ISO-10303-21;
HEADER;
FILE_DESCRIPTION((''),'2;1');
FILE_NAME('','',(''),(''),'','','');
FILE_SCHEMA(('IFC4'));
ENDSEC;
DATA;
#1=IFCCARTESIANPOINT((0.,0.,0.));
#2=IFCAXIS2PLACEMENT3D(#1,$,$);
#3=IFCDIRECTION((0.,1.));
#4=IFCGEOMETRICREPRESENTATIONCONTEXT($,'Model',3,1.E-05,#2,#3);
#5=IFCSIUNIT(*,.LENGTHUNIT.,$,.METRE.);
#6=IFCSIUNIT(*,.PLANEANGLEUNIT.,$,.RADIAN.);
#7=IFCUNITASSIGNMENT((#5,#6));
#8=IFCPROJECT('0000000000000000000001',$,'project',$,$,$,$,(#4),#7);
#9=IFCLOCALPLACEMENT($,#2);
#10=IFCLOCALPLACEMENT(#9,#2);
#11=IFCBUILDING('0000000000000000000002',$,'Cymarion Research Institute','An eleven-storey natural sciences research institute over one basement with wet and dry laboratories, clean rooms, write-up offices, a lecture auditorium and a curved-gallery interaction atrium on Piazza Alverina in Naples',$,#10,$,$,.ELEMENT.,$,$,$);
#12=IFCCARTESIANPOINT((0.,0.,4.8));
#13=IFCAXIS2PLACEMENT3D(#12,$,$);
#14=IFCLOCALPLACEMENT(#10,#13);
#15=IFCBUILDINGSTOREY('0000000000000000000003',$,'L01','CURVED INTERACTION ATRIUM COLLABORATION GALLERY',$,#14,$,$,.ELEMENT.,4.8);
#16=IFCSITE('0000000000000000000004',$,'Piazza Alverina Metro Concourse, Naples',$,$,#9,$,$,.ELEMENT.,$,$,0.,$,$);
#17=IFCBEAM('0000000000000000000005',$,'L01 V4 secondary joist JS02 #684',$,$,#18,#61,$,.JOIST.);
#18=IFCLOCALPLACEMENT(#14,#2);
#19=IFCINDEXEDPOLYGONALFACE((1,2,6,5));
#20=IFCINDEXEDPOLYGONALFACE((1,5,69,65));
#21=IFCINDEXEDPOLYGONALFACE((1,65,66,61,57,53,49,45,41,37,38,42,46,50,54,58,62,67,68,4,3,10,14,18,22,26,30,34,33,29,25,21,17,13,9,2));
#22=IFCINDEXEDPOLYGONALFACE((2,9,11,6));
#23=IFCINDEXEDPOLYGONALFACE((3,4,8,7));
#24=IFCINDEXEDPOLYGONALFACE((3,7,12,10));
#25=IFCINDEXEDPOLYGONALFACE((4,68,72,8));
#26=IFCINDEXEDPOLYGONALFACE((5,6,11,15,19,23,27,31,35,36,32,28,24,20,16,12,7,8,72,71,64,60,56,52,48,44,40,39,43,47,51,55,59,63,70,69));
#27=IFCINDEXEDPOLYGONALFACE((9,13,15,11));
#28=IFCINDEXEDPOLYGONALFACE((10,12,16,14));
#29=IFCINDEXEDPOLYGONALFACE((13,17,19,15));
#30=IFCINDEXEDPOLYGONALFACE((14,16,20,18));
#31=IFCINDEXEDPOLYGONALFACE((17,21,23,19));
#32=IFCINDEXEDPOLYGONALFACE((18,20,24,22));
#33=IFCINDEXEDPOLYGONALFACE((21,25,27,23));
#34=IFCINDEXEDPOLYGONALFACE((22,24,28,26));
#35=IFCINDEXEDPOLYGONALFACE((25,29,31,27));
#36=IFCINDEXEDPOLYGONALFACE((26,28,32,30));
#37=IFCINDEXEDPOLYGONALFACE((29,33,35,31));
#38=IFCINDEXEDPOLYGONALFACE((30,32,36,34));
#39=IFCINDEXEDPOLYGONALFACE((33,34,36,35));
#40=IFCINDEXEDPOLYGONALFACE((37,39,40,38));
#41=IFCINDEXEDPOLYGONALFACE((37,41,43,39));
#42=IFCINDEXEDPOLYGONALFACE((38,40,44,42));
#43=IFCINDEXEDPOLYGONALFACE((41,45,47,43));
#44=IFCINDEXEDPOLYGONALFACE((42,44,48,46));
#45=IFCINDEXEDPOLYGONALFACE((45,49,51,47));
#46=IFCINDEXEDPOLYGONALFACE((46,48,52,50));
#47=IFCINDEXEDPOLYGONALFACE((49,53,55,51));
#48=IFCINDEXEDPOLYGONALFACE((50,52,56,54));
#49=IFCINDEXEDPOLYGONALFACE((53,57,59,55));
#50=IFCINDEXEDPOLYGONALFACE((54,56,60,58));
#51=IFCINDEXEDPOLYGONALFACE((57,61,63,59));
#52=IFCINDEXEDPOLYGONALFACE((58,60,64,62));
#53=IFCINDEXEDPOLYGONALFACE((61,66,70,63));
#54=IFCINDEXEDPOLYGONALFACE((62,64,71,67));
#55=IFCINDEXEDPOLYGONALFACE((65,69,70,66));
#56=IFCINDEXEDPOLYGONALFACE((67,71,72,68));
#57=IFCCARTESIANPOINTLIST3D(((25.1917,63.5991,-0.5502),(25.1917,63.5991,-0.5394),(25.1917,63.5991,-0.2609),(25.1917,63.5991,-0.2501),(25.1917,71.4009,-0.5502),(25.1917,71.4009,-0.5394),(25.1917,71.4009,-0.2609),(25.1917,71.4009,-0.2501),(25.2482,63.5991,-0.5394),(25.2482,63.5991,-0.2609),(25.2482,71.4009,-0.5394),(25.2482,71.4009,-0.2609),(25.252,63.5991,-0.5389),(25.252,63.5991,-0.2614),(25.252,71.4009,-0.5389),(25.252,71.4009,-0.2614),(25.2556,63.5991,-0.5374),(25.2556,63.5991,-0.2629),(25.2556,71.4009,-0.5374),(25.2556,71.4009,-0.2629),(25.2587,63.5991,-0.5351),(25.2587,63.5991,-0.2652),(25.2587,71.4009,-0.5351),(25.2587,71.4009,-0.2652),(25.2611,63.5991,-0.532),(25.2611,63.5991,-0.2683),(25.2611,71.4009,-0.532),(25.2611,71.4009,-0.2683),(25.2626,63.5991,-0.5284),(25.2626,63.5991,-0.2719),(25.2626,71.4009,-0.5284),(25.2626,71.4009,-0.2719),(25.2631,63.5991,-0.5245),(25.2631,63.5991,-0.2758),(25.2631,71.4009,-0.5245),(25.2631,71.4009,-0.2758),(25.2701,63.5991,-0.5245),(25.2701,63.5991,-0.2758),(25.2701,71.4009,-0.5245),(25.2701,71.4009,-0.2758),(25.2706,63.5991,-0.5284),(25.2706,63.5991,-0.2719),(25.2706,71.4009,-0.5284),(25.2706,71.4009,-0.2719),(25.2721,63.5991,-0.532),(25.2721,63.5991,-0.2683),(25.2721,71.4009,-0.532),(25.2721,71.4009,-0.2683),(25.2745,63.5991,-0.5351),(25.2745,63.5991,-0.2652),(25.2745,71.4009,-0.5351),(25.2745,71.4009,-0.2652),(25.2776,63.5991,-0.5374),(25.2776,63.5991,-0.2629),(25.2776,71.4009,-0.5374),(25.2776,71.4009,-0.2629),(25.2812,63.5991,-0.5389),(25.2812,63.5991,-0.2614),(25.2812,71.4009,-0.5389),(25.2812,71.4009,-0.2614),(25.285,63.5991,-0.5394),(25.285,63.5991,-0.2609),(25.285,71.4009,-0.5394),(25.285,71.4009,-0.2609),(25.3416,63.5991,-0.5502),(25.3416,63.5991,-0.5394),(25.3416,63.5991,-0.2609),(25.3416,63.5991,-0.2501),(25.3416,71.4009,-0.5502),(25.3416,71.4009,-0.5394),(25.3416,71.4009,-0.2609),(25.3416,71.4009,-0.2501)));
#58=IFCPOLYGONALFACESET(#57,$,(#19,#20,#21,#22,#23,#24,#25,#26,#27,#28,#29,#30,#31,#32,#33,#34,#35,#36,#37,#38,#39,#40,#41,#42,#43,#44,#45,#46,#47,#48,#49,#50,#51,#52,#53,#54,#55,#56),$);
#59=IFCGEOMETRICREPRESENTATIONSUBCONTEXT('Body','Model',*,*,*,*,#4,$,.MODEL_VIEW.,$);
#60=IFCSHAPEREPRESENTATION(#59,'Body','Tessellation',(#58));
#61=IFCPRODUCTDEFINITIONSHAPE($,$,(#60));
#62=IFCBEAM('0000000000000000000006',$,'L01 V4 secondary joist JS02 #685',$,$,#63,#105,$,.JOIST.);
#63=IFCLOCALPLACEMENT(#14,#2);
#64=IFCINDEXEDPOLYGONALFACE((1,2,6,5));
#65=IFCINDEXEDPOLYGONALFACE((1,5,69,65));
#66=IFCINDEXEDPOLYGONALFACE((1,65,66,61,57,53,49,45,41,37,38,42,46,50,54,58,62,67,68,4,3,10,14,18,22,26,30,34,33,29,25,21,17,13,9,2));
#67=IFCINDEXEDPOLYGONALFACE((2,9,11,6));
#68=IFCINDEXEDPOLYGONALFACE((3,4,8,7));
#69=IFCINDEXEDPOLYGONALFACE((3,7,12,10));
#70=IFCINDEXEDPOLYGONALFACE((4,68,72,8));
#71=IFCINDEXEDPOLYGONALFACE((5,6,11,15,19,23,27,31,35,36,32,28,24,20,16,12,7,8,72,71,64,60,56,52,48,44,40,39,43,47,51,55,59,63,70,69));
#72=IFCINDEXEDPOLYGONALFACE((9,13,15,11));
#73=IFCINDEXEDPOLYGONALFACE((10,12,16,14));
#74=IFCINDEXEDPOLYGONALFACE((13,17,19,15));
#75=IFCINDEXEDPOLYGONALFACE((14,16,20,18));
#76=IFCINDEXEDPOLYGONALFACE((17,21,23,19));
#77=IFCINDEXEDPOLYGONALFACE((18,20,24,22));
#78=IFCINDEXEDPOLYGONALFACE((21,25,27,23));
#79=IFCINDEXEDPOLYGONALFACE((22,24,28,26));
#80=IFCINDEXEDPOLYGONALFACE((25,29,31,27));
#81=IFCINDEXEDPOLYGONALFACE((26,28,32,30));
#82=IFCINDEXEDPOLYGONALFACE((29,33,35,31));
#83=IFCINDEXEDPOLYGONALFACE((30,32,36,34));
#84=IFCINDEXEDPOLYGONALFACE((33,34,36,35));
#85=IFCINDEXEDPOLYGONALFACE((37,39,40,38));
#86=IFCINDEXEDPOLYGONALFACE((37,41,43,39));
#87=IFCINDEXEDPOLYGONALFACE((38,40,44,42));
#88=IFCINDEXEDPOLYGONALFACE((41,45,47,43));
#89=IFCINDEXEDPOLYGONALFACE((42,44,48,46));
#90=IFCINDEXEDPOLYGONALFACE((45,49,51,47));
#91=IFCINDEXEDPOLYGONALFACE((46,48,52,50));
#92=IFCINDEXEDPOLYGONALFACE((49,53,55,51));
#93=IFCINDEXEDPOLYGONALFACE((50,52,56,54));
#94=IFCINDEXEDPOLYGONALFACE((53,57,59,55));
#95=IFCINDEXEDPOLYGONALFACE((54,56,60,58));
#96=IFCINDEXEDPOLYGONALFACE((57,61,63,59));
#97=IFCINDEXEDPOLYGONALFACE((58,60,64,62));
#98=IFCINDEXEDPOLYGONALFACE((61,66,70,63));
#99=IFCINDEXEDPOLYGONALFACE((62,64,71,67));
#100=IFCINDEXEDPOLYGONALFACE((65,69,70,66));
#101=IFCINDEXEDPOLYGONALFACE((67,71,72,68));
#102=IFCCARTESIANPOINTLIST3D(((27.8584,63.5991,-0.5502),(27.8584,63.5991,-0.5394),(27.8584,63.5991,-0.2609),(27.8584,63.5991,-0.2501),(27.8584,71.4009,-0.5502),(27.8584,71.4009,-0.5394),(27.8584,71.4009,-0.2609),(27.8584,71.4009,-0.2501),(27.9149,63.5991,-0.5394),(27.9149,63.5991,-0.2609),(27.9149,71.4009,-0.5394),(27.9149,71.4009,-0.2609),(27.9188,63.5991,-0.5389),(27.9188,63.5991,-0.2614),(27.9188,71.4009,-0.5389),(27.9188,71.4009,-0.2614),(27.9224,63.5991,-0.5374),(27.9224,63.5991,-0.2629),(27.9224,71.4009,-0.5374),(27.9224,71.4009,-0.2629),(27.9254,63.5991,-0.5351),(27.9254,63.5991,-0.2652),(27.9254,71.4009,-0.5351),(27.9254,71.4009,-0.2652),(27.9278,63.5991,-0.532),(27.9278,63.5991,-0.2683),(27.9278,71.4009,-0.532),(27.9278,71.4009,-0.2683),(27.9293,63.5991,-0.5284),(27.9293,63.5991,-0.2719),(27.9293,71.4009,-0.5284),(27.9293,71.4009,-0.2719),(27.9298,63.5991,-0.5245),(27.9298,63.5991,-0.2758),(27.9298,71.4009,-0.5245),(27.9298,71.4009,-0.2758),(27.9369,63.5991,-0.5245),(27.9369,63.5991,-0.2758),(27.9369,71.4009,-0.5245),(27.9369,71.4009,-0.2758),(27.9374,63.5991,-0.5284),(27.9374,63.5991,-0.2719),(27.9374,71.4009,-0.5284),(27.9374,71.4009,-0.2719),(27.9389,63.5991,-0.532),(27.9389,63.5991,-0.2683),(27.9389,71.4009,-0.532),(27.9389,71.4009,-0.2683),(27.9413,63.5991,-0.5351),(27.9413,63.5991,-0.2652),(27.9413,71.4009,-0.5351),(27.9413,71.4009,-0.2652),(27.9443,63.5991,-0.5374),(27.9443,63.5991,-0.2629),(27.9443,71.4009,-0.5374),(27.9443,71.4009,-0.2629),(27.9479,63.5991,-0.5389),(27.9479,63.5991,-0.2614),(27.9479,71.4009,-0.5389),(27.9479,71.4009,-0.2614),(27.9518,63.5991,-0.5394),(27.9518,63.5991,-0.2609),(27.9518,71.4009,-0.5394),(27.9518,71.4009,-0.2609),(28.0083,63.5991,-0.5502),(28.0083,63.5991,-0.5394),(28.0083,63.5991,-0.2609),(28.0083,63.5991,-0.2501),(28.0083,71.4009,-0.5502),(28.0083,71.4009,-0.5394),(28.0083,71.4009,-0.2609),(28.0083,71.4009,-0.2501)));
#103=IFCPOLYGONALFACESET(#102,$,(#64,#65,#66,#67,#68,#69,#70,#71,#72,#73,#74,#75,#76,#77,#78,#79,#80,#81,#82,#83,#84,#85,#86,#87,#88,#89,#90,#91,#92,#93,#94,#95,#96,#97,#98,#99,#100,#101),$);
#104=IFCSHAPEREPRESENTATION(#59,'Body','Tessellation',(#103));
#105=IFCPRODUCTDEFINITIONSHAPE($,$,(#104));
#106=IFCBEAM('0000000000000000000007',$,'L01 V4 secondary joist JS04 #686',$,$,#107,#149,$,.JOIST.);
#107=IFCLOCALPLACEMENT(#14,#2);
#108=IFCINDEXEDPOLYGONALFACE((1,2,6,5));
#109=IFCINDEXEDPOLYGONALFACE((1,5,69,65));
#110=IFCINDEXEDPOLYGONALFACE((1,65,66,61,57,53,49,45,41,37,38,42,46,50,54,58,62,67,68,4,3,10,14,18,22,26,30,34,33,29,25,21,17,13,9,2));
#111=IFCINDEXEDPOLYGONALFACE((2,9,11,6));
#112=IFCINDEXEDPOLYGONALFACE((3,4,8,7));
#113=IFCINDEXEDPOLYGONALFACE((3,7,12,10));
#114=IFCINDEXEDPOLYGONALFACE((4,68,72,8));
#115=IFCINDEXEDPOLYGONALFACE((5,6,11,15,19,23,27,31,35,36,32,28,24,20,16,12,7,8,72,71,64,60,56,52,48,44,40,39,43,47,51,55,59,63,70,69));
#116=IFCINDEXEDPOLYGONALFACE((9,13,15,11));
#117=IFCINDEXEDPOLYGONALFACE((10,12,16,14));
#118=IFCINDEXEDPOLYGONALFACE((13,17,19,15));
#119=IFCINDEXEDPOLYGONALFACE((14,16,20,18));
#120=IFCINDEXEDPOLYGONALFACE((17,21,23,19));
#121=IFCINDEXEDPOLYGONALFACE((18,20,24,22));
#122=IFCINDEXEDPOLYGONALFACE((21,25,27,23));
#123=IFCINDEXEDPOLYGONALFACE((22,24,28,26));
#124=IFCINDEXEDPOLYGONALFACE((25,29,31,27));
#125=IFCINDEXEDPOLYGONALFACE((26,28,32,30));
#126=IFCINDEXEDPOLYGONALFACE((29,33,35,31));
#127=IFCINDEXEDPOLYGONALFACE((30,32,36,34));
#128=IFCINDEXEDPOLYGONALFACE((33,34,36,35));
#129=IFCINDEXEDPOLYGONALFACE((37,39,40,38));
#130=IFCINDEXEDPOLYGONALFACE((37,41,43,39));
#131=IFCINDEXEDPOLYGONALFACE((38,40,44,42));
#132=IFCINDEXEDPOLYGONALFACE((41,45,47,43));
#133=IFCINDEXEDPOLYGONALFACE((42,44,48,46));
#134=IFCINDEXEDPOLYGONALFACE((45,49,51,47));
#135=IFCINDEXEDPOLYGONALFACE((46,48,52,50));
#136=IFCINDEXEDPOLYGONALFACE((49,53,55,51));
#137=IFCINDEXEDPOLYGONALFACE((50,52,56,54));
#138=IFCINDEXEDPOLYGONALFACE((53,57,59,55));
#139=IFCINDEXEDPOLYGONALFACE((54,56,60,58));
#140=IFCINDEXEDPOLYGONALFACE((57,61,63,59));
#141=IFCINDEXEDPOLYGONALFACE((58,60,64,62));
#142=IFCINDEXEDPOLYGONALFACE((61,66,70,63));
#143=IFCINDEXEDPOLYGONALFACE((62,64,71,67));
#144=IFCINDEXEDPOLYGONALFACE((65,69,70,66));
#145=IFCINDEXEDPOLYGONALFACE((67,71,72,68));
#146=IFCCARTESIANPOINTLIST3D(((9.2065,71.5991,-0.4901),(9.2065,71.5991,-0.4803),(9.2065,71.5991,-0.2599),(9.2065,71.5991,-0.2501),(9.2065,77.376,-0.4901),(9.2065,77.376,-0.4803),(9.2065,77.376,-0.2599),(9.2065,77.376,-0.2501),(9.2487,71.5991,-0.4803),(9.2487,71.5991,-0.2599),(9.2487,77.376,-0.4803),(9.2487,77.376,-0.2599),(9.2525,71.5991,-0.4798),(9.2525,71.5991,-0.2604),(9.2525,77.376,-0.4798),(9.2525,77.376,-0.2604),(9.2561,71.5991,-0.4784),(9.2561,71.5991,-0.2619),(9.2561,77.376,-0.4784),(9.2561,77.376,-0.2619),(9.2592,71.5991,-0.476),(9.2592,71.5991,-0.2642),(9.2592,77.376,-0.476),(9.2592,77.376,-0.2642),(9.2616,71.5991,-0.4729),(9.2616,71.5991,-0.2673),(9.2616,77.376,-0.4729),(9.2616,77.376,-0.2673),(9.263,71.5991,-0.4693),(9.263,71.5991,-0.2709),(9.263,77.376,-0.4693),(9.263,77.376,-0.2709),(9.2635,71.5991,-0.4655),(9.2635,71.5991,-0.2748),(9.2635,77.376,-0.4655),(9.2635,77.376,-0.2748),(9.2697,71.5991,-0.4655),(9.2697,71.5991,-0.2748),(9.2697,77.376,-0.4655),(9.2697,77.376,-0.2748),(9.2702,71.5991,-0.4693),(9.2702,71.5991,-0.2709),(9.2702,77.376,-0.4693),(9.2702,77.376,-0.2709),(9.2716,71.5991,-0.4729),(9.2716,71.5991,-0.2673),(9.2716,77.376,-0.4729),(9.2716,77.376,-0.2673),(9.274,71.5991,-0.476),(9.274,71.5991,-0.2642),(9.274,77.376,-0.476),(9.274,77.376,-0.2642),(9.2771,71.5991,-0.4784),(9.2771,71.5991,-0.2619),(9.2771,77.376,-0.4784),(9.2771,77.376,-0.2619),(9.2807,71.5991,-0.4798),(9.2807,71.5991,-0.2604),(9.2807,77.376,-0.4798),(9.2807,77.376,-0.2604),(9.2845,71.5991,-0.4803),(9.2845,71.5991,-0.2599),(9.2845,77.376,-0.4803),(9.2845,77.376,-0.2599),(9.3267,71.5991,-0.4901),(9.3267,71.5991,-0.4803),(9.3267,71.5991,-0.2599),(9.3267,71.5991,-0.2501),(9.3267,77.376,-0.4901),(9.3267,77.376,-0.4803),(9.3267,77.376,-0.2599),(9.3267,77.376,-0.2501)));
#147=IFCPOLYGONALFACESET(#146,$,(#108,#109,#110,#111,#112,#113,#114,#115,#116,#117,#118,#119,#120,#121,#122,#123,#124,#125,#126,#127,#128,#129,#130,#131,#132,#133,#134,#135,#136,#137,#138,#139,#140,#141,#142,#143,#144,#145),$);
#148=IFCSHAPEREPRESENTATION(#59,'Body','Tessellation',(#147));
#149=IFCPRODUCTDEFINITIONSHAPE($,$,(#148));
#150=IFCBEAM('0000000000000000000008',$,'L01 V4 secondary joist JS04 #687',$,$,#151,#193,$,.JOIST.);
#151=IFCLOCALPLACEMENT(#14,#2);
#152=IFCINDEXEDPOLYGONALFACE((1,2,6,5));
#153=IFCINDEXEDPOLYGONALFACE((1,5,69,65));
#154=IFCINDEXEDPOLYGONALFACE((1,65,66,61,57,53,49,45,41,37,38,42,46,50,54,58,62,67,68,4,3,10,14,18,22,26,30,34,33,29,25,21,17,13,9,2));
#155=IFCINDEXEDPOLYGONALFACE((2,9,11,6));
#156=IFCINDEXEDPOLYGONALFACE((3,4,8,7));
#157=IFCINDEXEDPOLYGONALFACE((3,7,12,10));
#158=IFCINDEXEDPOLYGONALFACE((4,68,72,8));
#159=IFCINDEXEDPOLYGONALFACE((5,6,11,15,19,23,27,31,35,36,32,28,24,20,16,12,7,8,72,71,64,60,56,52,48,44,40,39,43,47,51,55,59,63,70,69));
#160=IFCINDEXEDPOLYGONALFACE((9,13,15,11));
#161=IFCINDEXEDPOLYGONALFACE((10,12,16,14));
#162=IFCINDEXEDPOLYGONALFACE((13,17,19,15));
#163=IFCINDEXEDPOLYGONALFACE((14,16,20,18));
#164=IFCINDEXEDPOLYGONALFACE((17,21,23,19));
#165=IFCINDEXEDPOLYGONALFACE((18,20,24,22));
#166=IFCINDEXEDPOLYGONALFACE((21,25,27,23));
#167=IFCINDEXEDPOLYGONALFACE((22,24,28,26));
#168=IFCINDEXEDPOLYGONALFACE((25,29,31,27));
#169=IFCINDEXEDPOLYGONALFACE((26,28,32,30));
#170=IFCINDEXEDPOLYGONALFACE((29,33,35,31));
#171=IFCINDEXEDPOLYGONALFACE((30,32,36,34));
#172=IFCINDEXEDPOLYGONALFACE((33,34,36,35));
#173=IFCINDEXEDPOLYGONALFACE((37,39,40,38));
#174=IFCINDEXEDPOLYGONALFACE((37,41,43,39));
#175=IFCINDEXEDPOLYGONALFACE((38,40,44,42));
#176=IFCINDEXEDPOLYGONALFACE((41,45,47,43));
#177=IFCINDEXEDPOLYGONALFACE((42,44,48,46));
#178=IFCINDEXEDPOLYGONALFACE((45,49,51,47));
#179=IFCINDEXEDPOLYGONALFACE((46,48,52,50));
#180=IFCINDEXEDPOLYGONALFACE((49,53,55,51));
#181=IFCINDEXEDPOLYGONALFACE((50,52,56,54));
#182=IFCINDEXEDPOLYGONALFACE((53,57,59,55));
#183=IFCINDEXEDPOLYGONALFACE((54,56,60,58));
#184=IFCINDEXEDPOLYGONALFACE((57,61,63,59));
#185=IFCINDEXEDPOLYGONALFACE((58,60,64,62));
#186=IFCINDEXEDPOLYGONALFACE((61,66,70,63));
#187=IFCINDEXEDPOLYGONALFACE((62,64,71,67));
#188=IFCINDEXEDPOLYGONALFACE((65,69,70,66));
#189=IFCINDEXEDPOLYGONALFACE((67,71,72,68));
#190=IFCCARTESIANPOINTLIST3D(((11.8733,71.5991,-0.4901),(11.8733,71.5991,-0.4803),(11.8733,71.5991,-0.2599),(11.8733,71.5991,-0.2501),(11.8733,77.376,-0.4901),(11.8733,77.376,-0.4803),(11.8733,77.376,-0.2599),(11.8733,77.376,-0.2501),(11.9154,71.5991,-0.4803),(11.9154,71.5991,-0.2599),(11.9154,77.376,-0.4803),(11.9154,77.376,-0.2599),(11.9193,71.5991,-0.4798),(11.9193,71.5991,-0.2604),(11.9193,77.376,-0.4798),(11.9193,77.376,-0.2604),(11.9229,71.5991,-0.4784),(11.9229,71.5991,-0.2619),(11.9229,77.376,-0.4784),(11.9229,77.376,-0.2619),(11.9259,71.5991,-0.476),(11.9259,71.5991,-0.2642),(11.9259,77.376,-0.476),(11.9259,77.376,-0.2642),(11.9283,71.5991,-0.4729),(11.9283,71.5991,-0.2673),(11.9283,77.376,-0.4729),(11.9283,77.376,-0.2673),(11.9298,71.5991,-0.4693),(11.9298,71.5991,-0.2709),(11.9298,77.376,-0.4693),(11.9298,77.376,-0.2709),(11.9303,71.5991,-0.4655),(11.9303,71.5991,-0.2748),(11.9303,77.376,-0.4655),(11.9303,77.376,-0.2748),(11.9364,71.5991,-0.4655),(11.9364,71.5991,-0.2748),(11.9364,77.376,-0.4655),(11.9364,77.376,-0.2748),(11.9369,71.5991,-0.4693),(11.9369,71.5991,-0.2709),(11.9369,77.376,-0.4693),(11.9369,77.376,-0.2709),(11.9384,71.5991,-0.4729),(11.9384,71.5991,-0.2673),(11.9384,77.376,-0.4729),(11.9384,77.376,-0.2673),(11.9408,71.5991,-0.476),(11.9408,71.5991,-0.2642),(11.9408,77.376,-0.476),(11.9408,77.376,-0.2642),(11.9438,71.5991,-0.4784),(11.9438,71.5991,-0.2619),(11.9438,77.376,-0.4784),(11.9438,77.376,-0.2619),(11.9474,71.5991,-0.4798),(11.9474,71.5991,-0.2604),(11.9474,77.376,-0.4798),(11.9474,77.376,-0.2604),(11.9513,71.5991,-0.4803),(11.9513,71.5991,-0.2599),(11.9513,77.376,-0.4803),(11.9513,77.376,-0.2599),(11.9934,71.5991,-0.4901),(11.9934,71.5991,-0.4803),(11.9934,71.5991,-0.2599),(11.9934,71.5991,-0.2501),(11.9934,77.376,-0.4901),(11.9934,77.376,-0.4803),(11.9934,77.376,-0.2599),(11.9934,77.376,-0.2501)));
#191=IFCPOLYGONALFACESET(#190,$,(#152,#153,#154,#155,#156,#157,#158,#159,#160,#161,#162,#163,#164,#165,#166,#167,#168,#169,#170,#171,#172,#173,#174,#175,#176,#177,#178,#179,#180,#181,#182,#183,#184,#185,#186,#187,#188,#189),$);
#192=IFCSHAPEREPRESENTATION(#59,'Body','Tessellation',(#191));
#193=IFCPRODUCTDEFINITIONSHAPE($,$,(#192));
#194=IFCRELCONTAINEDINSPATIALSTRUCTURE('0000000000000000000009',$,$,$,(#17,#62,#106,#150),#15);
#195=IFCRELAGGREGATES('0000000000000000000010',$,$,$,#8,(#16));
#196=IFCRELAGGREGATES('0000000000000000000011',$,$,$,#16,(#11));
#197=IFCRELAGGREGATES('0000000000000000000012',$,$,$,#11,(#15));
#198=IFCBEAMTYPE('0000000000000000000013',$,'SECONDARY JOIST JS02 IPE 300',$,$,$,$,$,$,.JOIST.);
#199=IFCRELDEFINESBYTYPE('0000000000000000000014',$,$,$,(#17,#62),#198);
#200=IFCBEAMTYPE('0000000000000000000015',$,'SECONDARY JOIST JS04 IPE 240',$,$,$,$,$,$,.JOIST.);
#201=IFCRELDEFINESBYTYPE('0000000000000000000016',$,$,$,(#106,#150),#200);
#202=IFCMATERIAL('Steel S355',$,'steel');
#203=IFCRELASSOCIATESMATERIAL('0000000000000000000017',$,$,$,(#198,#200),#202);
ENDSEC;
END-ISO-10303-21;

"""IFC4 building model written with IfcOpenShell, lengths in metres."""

from ifc_helpers import new_model, si_unit, direction, frame, origin, origin_2d, place, context, subcontext, project, spatial, i_section, extrude, material, material_profile, profile_set, type_object, element, save


model = new_model("IFC4")

# Units and contexts
model_context = context("Model", 3, precision=1e-05, world=origin(), true_north=direction((0.0, 1.0)))
body_context = subcontext(model_context, "Body", "Model", "MODEL_VIEW")
ifc_project = project(units=[si_unit("LENGTHUNIT", "METRE"), si_unit("PLANEANGLEUNIT", "RADIAN")], contexts=[model_context])

# Site, building, storey
site_placement = place(None, origin())
site = spatial("IfcSite", under=ifc_project, at=site_placement, Name="Piazza Alverina Metro Concourse, Naples", CompositionType="ELEMENT", RefElevation=0.0)
building_placement = place(site_placement, origin())
building = spatial("IfcBuilding", under=site, at=building_placement, Name="Cymarion Research Institute", Description="An eleven-storey natural sciences research institute over one basement with wet and dry laboratories, clean rooms, write-up offices, a lecture auditorium and a curved-gallery interaction atrium on Piazza Alverina in Naples", CompositionType="ELEMENT")
storey_placement = place(building_placement, frame((0.0, 0.0, 4.8)))
storey = spatial("IfcBuildingStorey", under=building, at=storey_placement, Name="L01", Description="CURVED INTERACTION ATRIUM COLLABORATION GALLERY", CompositionType="ELEMENT", Elevation=4.8)

# Shared definitions
ifc_material_1 = material(Name="Steel S355", Category="steel")

# Beams
ifc_material_profile_1 = material_profile(ifc_material_1, i_section(OverallWidth=0.1499, OverallDepth=0.3, WebThickness=0.0071, FlangeThickness=0.0107, FilletRadius=0.0149, at=origin_2d()), Name="IPE 300")
ifc_profile_set_1 = profile_set([ifc_material_profile_1], Name="Steel S355")
beam_type_1 = type_object("IfcBeamType", Name="SECONDARY JOIST JS02 IPE 300", PredefinedType="JOIST", material=ifc_profile_set_1)
for number, where, z_axis, x_axis, name in (
    (1, (25.2666, 63.5991, -0.4001), (0.0, 1.0, 0.0), (-1.0, 0.0, 0.0), "L01 V4 secondary joist JS02 #684"),
    (2, (27.9333, 63.5991, -0.4001), (0.0, 1.0, 0.0), (-1.0, 0.0, 0.0), "L01 V4 secondary joist JS02 #685"),
):
    element("IfcBeam", number, at=place(storey_placement, frame(where, z_axis=z_axis, x_axis=x_axis)), inside=storey, type_object=beam_type_1, Name=name, PredefinedType="JOIST", context=body_context, shape_type="SweptSolid", body=[
        extrude(i_section(OverallWidth=0.1499, OverallDepth=0.3, WebThickness=0.0071, FlangeThickness=0.0107, FilletRadius=0.0149, at=origin_2d()), origin(), (0.0, 0.0, 1.0), 7.8018),
    ])
ifc_material_profile_2 = material_profile(ifc_material_1, i_section(OverallWidth=0.1201, OverallDepth=0.24, WebThickness=0.0061, FlangeThickness=0.0098, FilletRadius=0.0149, at=origin_2d()), Name="IPE 240")
ifc_profile_set_2 = profile_set([ifc_material_profile_2], Name="Steel S355")
beam_type_2 = type_object("IfcBeamType", Name="SECONDARY JOIST JS04 IPE 240", PredefinedType="JOIST", material=ifc_profile_set_2)
for number, where, z_axis, x_axis, name in (
    (3, (9.2666, 71.5991, -0.3701), (0.0, 1.0, 0.0), (-1.0, 0.0, 0.0), "L01 V4 secondary joist JS04 #686"),
    (4, (11.9333, 71.5991, -0.3701), (0.0, 1.0, 0.0), (-1.0, 0.0, 0.0), "L01 V4 secondary joist JS04 #687"),
):
    element("IfcBeam", number, at=place(storey_placement, frame(where, z_axis=z_axis, x_axis=x_axis)), inside=storey, type_object=beam_type_2, Name=name, PredefinedType="JOIST", context=body_context, shape_type="SweptSolid", body=[
        extrude(i_section(OverallWidth=0.1201, OverallDepth=0.24, WebThickness=0.0061, FlangeThickness=0.0098, FilletRadius=0.0149, at=origin_2d()), origin(), (0.0, 0.0, 1.0), 5.7769),
    ])

save(model, "model.ifc")
